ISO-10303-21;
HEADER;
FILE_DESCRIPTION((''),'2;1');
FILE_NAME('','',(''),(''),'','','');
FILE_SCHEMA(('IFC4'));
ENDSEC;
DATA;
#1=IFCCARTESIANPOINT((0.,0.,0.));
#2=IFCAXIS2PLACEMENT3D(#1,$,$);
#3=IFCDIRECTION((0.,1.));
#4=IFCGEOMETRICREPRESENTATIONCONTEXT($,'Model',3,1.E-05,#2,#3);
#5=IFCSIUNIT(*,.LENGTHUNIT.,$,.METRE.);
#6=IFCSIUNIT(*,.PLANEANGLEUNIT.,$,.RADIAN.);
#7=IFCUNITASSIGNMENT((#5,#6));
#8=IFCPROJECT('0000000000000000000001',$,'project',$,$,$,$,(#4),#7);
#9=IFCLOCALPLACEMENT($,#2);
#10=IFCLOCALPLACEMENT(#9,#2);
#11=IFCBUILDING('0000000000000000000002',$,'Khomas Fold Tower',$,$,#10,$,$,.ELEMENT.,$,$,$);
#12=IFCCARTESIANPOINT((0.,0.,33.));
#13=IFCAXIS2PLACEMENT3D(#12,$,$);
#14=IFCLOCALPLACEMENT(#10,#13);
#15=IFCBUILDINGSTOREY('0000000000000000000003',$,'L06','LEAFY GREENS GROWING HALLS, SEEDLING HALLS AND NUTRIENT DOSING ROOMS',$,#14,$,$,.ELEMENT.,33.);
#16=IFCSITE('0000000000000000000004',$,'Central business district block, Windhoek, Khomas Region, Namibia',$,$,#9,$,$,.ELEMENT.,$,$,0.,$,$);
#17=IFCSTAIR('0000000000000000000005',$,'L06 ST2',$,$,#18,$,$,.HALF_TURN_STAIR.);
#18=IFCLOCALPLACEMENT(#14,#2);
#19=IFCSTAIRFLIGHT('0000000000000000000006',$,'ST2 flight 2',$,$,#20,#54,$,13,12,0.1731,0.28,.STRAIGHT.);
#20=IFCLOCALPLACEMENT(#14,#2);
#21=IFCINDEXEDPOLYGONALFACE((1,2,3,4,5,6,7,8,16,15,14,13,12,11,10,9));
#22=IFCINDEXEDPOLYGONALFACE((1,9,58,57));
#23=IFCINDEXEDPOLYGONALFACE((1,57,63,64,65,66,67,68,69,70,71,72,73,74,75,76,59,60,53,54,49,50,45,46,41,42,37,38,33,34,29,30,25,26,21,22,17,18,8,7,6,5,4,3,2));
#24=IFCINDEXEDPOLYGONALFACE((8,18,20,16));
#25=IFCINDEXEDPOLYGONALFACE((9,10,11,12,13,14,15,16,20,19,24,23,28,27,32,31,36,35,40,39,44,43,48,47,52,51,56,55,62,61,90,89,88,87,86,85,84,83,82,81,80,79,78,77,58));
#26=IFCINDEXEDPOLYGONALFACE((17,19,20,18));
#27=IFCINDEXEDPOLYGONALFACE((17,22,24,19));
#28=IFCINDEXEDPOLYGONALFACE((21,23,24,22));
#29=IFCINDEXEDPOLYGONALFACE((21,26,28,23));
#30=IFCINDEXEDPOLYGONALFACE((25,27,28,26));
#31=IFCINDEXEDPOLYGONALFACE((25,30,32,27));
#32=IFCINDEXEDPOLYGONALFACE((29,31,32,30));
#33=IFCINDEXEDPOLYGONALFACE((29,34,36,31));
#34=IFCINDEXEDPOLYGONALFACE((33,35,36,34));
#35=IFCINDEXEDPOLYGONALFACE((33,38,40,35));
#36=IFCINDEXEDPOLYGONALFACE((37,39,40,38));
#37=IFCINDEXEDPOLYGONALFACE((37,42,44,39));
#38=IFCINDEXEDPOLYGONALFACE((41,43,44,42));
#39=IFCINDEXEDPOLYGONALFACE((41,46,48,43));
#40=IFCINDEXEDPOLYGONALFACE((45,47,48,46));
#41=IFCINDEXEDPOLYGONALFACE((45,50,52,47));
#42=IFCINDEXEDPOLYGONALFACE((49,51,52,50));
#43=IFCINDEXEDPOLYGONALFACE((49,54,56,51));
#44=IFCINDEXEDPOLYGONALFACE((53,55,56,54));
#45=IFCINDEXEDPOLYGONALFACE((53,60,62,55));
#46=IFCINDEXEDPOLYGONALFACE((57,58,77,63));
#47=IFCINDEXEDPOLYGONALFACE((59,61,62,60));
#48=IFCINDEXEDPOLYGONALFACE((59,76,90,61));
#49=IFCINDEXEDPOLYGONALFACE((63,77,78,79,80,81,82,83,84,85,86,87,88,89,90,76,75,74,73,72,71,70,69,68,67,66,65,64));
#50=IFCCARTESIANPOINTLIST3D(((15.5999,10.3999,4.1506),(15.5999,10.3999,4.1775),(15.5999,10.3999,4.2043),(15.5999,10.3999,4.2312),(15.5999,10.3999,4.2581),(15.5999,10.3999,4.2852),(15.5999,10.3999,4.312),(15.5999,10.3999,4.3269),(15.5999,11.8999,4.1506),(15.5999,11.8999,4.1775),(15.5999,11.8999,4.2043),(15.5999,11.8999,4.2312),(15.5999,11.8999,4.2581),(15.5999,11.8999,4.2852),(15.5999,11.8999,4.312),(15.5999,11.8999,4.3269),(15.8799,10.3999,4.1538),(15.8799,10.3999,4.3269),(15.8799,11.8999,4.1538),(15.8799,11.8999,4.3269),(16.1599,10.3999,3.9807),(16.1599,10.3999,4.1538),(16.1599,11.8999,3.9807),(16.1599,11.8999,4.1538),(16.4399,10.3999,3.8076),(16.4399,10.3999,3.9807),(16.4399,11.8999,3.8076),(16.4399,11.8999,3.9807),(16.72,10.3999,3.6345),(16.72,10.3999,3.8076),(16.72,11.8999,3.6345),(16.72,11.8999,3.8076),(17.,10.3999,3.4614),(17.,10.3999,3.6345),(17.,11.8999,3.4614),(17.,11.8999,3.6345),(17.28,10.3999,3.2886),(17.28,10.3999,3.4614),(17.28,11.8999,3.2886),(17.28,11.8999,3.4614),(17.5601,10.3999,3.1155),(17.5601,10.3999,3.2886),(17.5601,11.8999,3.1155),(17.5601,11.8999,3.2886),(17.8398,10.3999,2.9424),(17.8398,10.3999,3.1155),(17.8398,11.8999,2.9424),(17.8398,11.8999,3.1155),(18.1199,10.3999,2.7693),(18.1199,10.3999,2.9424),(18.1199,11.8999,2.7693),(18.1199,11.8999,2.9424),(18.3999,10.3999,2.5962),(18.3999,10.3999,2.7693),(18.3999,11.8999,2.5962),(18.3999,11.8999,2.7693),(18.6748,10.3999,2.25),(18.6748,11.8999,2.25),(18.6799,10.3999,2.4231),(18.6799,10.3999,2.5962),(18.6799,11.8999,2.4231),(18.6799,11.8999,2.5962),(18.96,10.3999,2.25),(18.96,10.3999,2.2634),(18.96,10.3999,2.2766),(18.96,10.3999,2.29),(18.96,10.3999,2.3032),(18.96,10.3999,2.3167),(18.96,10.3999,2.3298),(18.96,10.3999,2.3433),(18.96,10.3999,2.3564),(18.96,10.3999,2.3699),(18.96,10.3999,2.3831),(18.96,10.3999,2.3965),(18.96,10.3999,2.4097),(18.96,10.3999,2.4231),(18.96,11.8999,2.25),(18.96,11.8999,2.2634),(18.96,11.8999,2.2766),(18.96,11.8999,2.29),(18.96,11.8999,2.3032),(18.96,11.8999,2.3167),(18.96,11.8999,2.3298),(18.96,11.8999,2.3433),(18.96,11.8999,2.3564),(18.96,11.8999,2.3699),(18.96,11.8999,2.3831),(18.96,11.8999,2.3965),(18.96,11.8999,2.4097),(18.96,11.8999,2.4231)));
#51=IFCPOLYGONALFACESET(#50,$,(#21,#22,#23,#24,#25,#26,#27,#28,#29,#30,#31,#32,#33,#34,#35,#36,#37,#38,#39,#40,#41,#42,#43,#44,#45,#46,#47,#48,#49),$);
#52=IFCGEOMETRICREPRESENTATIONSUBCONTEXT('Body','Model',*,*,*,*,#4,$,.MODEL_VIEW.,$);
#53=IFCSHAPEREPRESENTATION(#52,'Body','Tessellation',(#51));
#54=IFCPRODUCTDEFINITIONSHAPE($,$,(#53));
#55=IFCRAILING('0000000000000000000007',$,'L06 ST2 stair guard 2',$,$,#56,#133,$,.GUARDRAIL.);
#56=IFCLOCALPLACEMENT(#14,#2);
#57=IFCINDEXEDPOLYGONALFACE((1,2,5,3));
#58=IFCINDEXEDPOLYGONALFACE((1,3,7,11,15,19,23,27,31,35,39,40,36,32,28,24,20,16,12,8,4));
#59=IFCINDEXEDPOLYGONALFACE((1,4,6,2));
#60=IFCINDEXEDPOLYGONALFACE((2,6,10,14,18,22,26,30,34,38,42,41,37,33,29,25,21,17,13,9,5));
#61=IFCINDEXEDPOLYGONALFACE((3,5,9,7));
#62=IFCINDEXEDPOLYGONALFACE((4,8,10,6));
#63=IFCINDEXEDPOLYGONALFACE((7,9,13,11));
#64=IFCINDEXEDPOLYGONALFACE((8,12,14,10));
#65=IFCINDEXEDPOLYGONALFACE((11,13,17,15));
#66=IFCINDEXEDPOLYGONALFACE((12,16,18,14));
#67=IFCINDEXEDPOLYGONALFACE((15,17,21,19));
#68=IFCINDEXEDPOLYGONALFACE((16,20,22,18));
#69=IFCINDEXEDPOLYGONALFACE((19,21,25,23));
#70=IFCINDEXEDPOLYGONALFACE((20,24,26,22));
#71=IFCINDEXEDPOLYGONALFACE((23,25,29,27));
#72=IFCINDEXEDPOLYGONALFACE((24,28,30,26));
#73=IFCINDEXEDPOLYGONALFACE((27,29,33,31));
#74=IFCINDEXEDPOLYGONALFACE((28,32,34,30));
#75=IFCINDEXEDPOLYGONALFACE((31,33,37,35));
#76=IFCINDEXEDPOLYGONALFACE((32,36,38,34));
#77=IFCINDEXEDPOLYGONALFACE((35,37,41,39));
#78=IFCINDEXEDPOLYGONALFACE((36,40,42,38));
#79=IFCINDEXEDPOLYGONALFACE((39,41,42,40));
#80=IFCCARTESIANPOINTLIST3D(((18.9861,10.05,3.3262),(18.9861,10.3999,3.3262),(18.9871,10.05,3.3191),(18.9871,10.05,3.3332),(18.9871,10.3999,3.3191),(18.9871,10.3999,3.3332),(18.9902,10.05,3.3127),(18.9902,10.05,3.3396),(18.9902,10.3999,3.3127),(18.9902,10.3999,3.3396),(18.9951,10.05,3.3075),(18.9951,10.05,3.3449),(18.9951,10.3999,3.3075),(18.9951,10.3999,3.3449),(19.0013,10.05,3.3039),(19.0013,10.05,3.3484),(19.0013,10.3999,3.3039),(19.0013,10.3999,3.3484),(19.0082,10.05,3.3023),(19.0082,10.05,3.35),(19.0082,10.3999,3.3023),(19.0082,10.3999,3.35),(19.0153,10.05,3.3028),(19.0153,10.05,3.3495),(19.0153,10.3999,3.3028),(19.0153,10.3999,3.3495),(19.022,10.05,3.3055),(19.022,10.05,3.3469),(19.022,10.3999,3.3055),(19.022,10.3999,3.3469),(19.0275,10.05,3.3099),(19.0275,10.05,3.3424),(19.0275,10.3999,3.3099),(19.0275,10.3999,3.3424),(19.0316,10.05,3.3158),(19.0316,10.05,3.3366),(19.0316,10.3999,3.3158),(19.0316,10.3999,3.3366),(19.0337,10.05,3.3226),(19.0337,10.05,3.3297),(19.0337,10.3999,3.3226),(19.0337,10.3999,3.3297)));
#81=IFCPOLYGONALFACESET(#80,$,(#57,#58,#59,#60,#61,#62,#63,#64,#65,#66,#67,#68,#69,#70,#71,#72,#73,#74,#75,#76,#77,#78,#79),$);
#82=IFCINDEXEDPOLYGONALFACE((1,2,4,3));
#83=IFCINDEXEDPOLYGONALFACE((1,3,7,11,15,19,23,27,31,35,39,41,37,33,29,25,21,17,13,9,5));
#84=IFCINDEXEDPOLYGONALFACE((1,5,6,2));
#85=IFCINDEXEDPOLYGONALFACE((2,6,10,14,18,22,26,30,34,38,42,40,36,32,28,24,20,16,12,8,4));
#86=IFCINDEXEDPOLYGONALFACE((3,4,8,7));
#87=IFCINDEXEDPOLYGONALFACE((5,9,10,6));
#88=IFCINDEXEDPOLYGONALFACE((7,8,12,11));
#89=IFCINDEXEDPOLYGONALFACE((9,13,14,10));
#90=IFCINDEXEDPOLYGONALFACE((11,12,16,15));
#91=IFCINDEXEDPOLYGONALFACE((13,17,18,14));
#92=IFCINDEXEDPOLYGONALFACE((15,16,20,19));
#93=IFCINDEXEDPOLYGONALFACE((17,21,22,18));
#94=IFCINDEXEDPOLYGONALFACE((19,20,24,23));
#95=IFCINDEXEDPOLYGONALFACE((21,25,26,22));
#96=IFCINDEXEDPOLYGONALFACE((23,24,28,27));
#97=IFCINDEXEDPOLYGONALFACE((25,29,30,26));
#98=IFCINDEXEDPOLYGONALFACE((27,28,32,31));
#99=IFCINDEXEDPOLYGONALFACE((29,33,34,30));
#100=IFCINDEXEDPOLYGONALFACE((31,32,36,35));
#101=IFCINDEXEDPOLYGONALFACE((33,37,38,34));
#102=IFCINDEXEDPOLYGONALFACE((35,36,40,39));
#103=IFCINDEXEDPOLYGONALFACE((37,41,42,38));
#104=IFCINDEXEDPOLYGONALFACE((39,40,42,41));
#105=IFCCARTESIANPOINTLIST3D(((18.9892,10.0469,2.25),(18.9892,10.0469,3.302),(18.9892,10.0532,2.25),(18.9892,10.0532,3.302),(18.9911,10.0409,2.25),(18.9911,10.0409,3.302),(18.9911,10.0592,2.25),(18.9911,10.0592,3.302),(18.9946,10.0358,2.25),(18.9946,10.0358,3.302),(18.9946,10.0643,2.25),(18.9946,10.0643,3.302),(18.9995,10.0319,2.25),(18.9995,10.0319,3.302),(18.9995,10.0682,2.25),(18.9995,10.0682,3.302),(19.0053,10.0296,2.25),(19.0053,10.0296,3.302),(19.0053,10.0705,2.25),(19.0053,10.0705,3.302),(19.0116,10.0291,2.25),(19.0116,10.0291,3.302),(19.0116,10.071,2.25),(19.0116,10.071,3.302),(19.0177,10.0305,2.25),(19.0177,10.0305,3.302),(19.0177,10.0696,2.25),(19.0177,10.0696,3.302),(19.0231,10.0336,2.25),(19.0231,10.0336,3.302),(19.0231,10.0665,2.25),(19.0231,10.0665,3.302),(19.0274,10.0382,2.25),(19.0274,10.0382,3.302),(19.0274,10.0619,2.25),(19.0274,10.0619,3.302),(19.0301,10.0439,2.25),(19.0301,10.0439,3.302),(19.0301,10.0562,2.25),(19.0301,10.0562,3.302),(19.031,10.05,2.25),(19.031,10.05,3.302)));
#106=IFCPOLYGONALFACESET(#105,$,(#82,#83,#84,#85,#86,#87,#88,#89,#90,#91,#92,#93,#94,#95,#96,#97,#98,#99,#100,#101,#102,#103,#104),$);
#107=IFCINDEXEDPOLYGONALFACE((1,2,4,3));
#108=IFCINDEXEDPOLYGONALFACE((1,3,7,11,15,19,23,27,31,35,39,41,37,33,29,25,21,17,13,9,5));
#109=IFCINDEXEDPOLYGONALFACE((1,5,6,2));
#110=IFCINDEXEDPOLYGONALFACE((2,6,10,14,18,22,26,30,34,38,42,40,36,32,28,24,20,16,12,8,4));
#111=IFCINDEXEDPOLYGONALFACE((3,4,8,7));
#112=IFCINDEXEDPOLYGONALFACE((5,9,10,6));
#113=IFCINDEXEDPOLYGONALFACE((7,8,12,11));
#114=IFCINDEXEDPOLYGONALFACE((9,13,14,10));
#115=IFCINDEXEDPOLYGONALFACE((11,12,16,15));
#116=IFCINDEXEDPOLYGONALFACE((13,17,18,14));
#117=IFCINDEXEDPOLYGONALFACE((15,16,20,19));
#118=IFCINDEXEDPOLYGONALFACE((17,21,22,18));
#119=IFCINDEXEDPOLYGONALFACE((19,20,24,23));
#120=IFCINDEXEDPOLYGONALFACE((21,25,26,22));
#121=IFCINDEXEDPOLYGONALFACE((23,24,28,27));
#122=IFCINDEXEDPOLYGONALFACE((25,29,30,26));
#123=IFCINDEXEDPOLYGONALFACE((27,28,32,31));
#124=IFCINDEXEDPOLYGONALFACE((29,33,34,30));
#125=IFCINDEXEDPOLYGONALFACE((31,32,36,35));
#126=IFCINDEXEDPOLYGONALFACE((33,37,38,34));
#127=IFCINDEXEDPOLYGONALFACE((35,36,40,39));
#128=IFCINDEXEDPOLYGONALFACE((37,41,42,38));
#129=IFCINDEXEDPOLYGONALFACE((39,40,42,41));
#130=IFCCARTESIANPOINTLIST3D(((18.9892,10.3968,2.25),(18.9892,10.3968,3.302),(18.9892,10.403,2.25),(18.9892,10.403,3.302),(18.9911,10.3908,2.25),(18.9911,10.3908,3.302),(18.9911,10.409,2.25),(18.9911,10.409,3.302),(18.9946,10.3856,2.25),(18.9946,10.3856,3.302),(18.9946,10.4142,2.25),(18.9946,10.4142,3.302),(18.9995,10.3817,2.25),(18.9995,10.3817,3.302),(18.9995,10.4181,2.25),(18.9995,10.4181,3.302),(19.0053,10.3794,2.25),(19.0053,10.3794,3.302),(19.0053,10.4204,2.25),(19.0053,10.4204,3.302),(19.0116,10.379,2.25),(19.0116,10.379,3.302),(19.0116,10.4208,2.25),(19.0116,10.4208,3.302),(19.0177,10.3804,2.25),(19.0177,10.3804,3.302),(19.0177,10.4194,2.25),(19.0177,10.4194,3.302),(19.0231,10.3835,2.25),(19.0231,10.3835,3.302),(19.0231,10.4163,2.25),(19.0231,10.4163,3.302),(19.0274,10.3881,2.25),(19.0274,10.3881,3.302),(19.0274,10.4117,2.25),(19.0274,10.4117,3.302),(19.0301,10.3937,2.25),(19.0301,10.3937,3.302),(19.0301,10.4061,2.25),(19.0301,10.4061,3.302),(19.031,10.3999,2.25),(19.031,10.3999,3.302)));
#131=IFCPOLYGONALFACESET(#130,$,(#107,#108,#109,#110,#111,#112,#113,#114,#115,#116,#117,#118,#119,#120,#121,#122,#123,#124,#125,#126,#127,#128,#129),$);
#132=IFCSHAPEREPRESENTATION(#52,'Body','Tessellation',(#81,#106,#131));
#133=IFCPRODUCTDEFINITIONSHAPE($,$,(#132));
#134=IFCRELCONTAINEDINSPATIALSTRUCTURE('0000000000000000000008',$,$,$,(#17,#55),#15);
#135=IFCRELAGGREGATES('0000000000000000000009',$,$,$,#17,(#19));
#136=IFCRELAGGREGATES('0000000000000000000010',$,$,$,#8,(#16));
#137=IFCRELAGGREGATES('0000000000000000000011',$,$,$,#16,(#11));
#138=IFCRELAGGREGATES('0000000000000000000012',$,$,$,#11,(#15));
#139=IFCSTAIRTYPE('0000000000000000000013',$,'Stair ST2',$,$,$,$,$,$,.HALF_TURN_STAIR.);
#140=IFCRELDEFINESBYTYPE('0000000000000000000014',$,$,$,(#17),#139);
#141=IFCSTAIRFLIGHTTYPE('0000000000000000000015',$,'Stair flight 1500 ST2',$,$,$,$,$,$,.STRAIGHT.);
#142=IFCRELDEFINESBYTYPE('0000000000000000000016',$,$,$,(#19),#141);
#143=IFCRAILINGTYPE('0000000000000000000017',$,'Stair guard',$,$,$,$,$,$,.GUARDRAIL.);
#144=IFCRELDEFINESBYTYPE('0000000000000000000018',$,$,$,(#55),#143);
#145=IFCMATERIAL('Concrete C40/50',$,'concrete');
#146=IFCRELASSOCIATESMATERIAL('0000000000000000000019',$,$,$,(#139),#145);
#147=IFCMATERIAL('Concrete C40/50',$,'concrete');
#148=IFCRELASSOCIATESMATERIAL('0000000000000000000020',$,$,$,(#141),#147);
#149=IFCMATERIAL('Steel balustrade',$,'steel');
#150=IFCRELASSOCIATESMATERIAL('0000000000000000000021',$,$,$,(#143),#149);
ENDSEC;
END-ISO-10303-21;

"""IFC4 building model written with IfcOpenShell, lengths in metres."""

from ifc_helpers import new_model, si_unit, direction, frame, origin, origin_2d, place, context, subcontext, project, spatial, polyline, circle, outline, extrude, source, transform, mapped, material, type_object, element, aggregate, save


model = new_model("IFC4")

# Units and contexts
model_context = context("Model", 3, precision=1e-05, world=origin(), true_north=direction((0.0, 1.0)))
body_context = subcontext(model_context, "Body", "Model", "MODEL_VIEW")
ifc_project = project(units=[si_unit("LENGTHUNIT", "METRE"), si_unit("PLANEANGLEUNIT", "RADIAN")], contexts=[model_context])

# Site, building, storey
site_placement = place(None, origin())
site = spatial("IfcSite", under=ifc_project, at=site_placement, Name="Central business district block, Windhoek, Khomas Region, Namibia", CompositionType="ELEMENT", RefElevation=0.0)
building_placement = place(site_placement, origin())
building = spatial("IfcBuilding", under=site, at=building_placement, Name="Khomas Fold Tower", CompositionType="ELEMENT")
storey_placement = place(building_placement, frame((0.0, 0.0, 33.0)))
storey = spatial("IfcBuildingStorey", under=building, at=storey_placement, Name="L06", Description="LEAFY GREENS GROWING HALLS, SEEDLING HALLS AND NUTRIENT DOSING ROOMS", CompositionType="ELEMENT", Elevation=33.0)

# Stair, stair flight
ifc_material_1 = material(Name="Concrete C40/50", Category="concrete")
stair_type = type_object("IfcStairType", Name="Stair ST2", PredefinedType="HALF_TURN_STAIR", material=ifc_material_1)
stair_placement = place(storey_placement, origin())
stair = element("IfcStair", 1, at=stair_placement, inside=storey, type_object=stair_type, Name="L06 ST2", PredefinedType="HALF_TURN_STAIR")
ifc_material_2 = material(Name="Concrete C40/50", Category="concrete")
stair_flight_type = type_object("IfcStairFlightType", Name="Stair flight 1500 ST2", PredefinedType="STRAIGHT", material=ifc_material_2)
shared_shape_1 = source(origin(), body_context, "Body", "SweptSolid", [
    extrude(outline(polyline([(0.0, 0.0), (0.0, 0.0134), (0.0, 0.0266), (0.0, 0.04), (0.0, 0.0532), (0.0, 0.0667), (0.0, 0.0798), (0.0, 0.0933), (0.0, 0.1064), (0.0, 0.1199), (0.0, 0.1331), (0.0, 0.1465), (0.0, 0.1597), (0.0, 0.1731), (0.28, 0.1731), (0.28, 0.3462), (0.5601, 0.3462), (0.5601, 0.5193), (0.8401, 0.5193), (0.8401, 0.6924), (1.1201, 0.6924), (1.1201, 0.8655), (1.3999, 0.8655), (1.3999, 1.0386), (1.6799, 1.0386), (1.6799, 1.2114), (1.96, 1.2114), (1.96, 1.3845), (2.24, 1.3845), (2.24, 1.5576), (2.52, 1.5576), (2.52, 1.7307), (2.8, 1.7307), (2.8, 1.9038), (3.0801, 1.9038), (3.0801, 2.0769), (3.3601, 2.0769), (3.3601, 2.25), (3.3601, 2.2231), (3.3601, 2.1963), (3.3601, 2.1694), (3.3601, 2.1426), (3.3601, 2.1157), (3.3601, 2.0889), (3.3601, 2.062), (3.3601, 2.0352), (3.3601, 2.0081), (3.3601, 1.9812), (3.3601, 1.9543), (3.3601, 1.9275), (3.3601, 1.9006), (0.2852, 0.0), (0.0, 0.0)])), frame((0.0, 0.75, 0.0), z_axis=(0.0, -1.0, 0.0), x_axis=(1.0, 0.0, 0.0)), (0.0, 0.0, 1.0), 1.5),
])
stair_flight_placement = place(storey_placement, frame((18.96, 11.1499, 2.25), z_axis=(0.0, 0.0, 1.0), x_axis=(-1.0, 0.0, 0.0)))
stair_flight = element("IfcStairFlight", 2, at=stair_flight_placement, type_object=stair_flight_type, Name="ST2 flight 2", NumberOfRisers=13, NumberOfTreads=12, PredefinedType="STRAIGHT", RiserHeight=0.1731, TreadLength=0.28, context=body_context, shape_type="MappedRepresentation", body=[
    mapped(shared_shape_1, transform((0.0, 0.0, 0.0))),
])
aggregate(stair, [stair_flight])

# Railing
ifc_material_3 = material(Name="Steel balustrade", Category="steel")
railing_type_1 = type_object("IfcRailingType", Name="Stair guard", PredefinedType="GUARDRAIL", material=ifc_material_3)
shared_shape_2 = source(origin(), body_context, "Body", "SweptSolid", [
    extrude(circle(Radius=0.0239, at=origin_2d()), frame((0.0, 0.0, 1.0762), z_axis=(0.0, 1.0, 0.0), x_axis=(-1.0, 0.0, 0.0)), (0.0, 0.0, 1.0), 0.3499),
    extrude(circle(Radius=0.021, at=origin_2d()), origin(), (0.0, 0.0, 1.0), 1.052),
    extrude(circle(Radius=0.021, at=origin_2d()), frame((0.0, 0.3499, 0.0)), (0.0, 0.0, 1.0), 1.052),
])
railing_1_placement = place(storey_placement, frame((19.01, 10.05, 2.25)))
element("IfcRailing", 3, at=railing_1_placement, inside=storey, type_object=railing_type_1, Name="L06 ST2 stair guard 2", PredefinedType="GUARDRAIL", context=body_context, shape_type="MappedRepresentation", body=[
    mapped(shared_shape_2, transform((0.0, 0.0, 0.0))),
])

save(model, "model.ifc")
